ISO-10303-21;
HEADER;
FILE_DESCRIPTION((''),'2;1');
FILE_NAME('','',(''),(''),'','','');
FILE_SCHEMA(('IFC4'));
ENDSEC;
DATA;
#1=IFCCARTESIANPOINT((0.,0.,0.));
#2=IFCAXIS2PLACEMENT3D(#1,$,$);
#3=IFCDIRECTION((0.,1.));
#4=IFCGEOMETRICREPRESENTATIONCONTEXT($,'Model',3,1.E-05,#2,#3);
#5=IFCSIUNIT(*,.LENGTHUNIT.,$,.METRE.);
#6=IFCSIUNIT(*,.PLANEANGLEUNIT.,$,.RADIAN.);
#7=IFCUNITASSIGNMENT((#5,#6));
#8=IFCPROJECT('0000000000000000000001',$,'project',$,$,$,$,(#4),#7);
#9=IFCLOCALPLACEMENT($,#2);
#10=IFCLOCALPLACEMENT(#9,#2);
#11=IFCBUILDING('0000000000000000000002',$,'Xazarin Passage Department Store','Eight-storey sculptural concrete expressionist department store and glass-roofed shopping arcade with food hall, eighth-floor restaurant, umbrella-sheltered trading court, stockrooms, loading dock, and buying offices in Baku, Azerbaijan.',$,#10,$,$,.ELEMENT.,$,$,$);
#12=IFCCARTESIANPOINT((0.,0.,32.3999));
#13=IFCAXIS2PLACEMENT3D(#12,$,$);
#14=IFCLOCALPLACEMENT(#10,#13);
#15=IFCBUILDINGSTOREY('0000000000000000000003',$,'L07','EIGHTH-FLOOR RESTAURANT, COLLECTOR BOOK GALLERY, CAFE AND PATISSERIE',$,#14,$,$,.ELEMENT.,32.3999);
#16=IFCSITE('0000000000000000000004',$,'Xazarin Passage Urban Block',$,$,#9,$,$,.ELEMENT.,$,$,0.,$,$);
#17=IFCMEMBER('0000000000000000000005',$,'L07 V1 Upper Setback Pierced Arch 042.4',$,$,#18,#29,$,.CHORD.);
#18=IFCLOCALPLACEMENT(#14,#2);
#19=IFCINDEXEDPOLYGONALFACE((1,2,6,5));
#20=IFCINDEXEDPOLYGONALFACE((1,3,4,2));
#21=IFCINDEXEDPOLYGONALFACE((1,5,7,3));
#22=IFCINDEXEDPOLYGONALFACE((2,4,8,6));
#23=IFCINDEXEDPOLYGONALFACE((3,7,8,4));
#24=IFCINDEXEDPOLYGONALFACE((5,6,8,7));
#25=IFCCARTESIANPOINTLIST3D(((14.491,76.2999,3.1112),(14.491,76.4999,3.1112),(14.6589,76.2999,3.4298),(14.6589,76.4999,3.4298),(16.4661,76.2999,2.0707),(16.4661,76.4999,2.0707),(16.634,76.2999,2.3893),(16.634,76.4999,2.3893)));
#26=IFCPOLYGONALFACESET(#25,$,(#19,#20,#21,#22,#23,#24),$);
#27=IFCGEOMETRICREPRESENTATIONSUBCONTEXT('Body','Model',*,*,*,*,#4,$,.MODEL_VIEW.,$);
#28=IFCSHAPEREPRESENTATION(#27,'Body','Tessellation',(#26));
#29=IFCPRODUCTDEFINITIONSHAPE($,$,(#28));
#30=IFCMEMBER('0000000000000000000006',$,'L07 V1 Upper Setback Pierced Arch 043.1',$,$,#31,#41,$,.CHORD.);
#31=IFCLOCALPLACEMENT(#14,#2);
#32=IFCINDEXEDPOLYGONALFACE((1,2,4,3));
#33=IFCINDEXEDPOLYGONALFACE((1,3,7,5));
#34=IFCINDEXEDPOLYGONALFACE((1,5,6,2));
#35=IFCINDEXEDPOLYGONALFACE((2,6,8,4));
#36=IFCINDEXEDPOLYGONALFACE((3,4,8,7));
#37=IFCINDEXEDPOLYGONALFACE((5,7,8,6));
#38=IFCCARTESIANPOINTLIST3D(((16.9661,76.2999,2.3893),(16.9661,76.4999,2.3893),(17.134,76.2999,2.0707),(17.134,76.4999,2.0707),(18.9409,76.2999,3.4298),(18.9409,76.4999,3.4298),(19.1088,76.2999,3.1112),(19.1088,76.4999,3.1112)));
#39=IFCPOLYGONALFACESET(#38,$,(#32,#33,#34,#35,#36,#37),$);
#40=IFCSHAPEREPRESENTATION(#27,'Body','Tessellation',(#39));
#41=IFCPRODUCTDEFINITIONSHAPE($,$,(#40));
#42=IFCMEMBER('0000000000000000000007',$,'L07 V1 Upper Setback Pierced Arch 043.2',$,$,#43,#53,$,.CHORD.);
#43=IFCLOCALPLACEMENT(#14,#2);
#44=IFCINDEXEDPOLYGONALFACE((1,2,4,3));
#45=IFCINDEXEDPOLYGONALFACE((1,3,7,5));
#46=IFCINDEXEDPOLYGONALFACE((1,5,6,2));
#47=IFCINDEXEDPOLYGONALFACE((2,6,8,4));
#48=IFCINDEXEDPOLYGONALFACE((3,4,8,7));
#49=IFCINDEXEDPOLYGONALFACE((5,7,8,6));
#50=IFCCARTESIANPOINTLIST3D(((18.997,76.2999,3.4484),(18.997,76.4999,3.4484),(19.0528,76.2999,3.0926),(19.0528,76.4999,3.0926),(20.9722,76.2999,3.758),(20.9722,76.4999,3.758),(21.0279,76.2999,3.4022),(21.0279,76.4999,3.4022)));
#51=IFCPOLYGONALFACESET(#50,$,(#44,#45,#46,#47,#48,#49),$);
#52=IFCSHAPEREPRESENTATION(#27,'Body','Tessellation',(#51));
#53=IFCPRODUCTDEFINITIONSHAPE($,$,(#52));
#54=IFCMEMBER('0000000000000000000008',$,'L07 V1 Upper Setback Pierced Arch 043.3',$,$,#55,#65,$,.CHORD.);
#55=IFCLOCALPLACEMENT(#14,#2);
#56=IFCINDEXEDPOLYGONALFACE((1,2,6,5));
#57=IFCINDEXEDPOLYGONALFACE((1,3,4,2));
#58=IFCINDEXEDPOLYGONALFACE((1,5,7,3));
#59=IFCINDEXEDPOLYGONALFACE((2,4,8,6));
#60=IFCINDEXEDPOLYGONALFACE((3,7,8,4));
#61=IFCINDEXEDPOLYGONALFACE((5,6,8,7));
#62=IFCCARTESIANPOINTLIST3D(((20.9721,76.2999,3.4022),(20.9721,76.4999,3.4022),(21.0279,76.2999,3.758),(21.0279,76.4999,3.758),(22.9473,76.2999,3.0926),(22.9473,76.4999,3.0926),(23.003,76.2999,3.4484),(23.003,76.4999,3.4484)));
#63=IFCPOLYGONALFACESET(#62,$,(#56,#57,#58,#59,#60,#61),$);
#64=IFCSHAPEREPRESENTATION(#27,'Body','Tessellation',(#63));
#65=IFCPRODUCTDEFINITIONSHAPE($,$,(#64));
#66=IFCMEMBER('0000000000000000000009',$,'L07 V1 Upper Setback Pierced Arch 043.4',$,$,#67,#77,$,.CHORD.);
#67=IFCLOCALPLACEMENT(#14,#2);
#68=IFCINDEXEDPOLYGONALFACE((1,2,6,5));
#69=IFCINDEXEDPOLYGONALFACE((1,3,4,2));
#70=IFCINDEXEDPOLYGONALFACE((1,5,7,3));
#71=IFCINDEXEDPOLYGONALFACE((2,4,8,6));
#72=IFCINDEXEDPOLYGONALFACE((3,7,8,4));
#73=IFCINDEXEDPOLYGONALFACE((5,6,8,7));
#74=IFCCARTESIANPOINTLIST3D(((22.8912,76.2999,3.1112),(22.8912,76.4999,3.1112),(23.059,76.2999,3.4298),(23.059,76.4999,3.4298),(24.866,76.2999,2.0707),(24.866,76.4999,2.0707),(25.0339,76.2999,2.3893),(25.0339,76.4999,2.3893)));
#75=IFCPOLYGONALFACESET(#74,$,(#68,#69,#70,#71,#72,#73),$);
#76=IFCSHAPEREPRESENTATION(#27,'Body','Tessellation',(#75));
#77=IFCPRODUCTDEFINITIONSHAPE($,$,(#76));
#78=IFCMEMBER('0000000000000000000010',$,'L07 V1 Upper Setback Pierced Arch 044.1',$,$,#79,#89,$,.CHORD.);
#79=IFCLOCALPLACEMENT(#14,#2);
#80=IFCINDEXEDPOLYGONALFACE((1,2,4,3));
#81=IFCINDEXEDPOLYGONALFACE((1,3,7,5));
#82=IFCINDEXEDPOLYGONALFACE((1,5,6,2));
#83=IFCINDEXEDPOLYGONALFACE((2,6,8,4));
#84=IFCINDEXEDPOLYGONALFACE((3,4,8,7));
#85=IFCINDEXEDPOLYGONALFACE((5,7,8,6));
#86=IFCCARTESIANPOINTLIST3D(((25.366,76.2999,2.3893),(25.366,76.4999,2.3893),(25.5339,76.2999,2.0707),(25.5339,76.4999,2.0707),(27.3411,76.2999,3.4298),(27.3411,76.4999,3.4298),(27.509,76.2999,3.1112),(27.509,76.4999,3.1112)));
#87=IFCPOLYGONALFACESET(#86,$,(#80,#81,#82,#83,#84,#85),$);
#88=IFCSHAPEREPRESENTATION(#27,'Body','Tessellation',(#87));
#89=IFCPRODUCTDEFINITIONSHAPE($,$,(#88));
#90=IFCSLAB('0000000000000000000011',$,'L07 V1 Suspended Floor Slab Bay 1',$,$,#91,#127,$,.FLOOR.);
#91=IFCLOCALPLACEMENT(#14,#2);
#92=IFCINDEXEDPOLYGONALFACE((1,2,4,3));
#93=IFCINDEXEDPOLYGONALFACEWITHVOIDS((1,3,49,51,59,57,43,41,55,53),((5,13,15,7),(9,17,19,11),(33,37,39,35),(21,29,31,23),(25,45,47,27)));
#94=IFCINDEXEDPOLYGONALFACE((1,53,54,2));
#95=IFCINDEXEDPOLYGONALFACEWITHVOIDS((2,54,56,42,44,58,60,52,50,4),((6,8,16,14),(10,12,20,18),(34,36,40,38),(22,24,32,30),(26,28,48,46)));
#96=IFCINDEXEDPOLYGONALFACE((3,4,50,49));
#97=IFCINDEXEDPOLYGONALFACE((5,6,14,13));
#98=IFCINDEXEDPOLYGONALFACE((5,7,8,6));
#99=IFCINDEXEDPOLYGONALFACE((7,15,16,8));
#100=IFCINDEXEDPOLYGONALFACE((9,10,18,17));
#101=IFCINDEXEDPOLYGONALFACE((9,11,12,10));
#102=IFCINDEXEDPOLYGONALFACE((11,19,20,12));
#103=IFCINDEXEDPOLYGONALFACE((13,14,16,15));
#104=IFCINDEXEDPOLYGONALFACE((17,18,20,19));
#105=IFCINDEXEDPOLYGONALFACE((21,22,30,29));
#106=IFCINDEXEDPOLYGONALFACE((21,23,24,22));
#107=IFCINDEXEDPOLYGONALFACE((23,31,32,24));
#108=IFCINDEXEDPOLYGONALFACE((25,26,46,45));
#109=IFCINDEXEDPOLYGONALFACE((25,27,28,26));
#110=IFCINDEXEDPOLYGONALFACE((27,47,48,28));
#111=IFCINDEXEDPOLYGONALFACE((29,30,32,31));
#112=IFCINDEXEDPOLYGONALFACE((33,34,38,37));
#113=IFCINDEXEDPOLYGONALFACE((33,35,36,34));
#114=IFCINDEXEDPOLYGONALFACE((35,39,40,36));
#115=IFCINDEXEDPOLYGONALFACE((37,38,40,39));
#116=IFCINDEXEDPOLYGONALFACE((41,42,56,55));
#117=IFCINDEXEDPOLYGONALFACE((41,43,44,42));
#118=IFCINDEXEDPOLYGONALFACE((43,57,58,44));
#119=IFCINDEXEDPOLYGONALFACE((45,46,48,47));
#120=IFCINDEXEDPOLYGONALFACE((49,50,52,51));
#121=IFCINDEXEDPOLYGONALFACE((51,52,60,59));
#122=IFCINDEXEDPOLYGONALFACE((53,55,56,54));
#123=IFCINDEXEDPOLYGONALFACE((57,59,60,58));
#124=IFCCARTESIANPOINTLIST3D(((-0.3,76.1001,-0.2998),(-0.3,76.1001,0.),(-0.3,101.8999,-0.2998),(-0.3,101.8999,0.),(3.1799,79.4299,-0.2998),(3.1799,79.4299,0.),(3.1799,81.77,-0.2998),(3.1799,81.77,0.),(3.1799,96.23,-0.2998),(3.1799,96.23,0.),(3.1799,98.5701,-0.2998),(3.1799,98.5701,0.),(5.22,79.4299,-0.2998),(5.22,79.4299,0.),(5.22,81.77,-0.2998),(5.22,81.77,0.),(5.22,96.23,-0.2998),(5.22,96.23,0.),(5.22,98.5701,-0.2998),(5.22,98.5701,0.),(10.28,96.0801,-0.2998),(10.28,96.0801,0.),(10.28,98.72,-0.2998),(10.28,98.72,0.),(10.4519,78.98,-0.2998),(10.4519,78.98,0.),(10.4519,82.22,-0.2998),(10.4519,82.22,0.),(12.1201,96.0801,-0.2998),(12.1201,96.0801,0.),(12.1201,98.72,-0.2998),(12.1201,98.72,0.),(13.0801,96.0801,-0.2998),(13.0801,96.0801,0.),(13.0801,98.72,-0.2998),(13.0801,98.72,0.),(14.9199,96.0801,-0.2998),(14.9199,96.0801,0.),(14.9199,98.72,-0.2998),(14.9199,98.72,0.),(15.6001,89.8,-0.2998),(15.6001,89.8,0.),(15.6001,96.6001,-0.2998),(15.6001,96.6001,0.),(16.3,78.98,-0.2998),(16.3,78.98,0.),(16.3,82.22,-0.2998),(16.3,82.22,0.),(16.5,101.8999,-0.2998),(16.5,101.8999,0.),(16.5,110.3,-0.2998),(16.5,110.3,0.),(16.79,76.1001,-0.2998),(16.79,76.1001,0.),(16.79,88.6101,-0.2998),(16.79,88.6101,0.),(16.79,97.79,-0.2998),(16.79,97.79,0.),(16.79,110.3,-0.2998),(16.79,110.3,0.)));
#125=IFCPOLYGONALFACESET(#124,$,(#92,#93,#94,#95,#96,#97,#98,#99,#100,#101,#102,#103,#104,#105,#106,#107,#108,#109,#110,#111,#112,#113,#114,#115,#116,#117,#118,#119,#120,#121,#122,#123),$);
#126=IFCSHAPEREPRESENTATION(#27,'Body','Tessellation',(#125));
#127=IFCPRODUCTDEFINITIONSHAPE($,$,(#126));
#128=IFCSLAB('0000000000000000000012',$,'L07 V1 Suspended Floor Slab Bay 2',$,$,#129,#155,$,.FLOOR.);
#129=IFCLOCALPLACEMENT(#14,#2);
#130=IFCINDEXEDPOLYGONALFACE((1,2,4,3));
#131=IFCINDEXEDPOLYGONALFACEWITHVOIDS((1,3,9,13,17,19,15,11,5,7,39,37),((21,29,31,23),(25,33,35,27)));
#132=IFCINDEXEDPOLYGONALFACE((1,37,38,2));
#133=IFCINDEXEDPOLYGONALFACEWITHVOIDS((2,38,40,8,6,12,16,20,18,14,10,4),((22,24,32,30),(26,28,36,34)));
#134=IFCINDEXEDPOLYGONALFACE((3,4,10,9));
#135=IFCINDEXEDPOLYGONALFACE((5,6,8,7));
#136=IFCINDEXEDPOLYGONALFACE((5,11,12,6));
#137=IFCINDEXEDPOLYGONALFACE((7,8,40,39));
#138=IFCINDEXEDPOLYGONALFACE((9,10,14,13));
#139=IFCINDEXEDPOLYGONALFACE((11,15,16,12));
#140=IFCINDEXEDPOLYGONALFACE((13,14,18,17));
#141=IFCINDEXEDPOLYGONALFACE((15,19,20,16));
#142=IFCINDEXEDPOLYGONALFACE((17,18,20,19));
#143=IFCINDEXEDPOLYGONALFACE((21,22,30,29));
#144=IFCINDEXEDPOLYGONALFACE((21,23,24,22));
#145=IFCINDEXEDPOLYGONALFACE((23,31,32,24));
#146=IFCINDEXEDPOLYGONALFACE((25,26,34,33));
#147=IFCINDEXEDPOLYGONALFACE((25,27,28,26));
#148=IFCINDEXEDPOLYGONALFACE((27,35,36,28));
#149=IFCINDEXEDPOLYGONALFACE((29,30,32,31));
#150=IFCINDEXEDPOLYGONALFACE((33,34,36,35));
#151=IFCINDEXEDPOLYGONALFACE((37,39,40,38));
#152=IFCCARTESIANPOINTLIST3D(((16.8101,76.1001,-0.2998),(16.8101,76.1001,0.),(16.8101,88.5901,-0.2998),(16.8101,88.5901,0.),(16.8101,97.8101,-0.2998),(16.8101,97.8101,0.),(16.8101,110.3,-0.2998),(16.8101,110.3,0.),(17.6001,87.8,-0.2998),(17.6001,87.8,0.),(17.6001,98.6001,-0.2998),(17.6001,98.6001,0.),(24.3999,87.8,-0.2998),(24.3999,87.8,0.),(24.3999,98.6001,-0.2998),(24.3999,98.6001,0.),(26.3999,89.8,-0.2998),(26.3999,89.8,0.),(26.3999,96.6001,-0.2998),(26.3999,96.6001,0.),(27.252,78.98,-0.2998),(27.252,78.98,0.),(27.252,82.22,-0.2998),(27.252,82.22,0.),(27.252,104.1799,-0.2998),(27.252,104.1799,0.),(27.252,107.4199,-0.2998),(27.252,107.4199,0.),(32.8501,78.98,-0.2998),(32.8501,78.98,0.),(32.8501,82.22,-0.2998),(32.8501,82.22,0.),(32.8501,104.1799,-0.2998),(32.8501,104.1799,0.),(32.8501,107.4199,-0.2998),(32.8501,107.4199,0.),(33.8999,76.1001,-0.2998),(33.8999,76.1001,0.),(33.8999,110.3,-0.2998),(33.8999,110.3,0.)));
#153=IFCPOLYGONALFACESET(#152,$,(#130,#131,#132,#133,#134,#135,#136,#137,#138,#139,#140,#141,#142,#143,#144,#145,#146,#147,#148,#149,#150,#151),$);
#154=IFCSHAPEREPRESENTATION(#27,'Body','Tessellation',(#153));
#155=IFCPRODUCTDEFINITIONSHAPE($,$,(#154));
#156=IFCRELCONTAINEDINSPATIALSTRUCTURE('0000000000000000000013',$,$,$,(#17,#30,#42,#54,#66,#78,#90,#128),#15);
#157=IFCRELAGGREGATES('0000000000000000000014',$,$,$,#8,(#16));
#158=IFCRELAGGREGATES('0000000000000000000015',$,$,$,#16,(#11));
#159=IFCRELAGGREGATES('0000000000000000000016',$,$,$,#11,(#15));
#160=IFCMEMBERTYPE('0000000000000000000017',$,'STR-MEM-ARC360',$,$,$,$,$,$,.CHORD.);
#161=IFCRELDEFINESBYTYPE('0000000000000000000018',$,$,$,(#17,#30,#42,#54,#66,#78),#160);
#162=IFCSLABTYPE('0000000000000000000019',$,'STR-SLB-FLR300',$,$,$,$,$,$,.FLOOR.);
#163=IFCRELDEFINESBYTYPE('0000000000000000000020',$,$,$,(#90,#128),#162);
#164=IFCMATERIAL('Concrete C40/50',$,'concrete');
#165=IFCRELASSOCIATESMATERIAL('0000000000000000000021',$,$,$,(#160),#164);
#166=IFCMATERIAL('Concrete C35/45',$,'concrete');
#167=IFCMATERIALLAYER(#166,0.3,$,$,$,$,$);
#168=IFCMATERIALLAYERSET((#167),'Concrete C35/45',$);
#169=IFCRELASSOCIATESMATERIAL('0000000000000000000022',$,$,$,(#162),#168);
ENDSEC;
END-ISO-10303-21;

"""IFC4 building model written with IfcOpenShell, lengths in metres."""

from ifc_helpers import new_model, si_unit, direction, frame, origin, origin_2d, place, context, subcontext, project, spatial, polyline, rectangle, outline, extrude, material, layer, layer_set, material_profile, profile_set, type_object, element, save


model = new_model("IFC4")

# Units and contexts
model_context = context("Model", 3, precision=1e-05, world=origin(), true_north=direction((0.0, 1.0)))
body_context = subcontext(model_context, "Body", "Model", "MODEL_VIEW")
ifc_project = project(units=[si_unit("LENGTHUNIT", "METRE"), si_unit("PLANEANGLEUNIT", "RADIAN")], contexts=[model_context])

# Site, building, storey
site_placement = place(None, origin())
site = spatial("IfcSite", under=ifc_project, at=site_placement, Name="Xazarin Passage Urban Block", CompositionType="ELEMENT", RefElevation=0.0)
building_placement = place(site_placement, origin())
building = spatial("IfcBuilding", under=site, at=building_placement, Name="Xazarin Passage Department Store", Description="Eight-storey sculptural concrete expressionist department store and glass-roofed shopping arcade with food hall, eighth-floor restaurant, umbrella-sheltered trading court, stockrooms, loading dock, and buying offices in Baku, Azerbaijan.", CompositionType="ELEMENT")
storey_placement = place(building_placement, frame((0.0, 0.0, 32.3999)))
storey = spatial("IfcBuildingStorey", under=building, at=storey_placement, Name="L07", Description="EIGHTH-FLOOR RESTAURANT, COLLECTOR BOOK GALLERY, CAFE AND PATISSERIE", CompositionType="ELEMENT", Elevation=32.3999)

# Shared definitions
ifc_material_1 = material(Name="Concrete C40/50", Category="concrete")

# Shared definitions
ifc_material_2 = material(Name="Concrete C35/45", Category="concrete")

# Members
ifc_material_profile_1 = material_profile(ifc_material_1, rectangle(XDim=0.2, YDim=0.3601, at=origin_2d()), Name="RC 200x360")
ifc_profile_set_1 = profile_set([ifc_material_profile_1], Name="Concrete C40/50")
member_type = type_object("IfcMemberType", Name="STR-MEM-ARC360", PredefinedType="CHORD", material=ifc_profile_set_1)
member_1_placement = place(storey_placement, frame((14.575, 76.3999, 3.2705), z_axis=(0.884733, 0.0, -0.466098), x_axis=(0.0, 1.0, 0.0)))
element("IfcMember", 1, at=member_1_placement, inside=storey, type_object=member_type, Name="L07 V1 Upper Setback Pierced Arch 042.4", PredefinedType="CHORD", context=body_context, shape_type="SweptSolid", body=[
    extrude(rectangle(XDim=0.2, YDim=0.3601, at=origin_2d()), origin(), (0.0, 0.0, 1.0), 2.2324),
])
member_2_placement = place(storey_placement, frame((17.05, 76.3999, 2.23), z_axis=(0.884709, 0.0, 0.466143), x_axis=(0.0, 1.0, 0.0)))
element("IfcMember", 2, at=member_2_placement, inside=storey, type_object=member_type, Name="L07 V1 Upper Setback Pierced Arch 043.1", PredefinedType="CHORD", context=body_context, shape_type="SweptSolid", body=[
    extrude(rectangle(XDim=0.2, YDim=0.3601, at=origin_2d()), origin(), (0.0, 0.0, 1.0), 2.2322),
])
for number, where, z_axis, x_axis, name in (
    (3, (19.0249, 76.3999, 3.2705), (0.987939, 0.0, 0.154846), (0.0, 1.0, 0.0), "L07 V1 Upper Setback Pierced Arch 043.2"),
    (4, (21.0, 76.3999, 3.5801), (0.987939, 0.0, -0.154846), (0.0, 1.0, 0.0), "L07 V1 Upper Setback Pierced Arch 043.3"),
):
    element("IfcMember", number, at=place(storey_placement, frame(where, z_axis=z_axis, x_axis=x_axis)), inside=storey, type_object=member_type, Name=name, PredefinedType="CHORD", context=body_context, shape_type="SweptSolid", body=[
        extrude(rectangle(XDim=0.2, YDim=0.3601, at=origin_2d()), origin(), (0.0, 0.0, 1.0), 1.9993),
    ])
member_3_placement = place(storey_placement, frame((22.9751, 76.3999, 3.2705), z_axis=(0.884709, 0.0, -0.466143), x_axis=(0.0, 1.0, 0.0)))
element("IfcMember", 5, at=member_3_placement, inside=storey, type_object=member_type, Name="L07 V1 Upper Setback Pierced Arch 043.4", PredefinedType="CHORD", context=body_context, shape_type="SweptSolid", body=[
    extrude(rectangle(XDim=0.2, YDim=0.3601, at=origin_2d()), origin(), (0.0, 0.0, 1.0), 2.2322),
])
member_4_placement = place(storey_placement, frame((25.45, 76.3999, 2.23), z_axis=(0.884733, 0.0, 0.466098), x_axis=(0.0, 1.0, 0.0)))
element("IfcMember", 6, at=member_4_placement, inside=storey, type_object=member_type, Name="L07 V1 Upper Setback Pierced Arch 044.1", PredefinedType="CHORD", context=body_context, shape_type="SweptSolid", body=[
    extrude(rectangle(XDim=0.2, YDim=0.3601, at=origin_2d()), origin(), (0.0, 0.0, 1.0), 2.2324),
])

# Slabs
ifc_layer_1 = layer(ifc_material_2, 0.3)
ifc_layer_set_1 = layer_set([ifc_layer_1], Name="Concrete C35/45")
slab_type = type_object("IfcSlabType", Name="STR-SLB-FLR300", PredefinedType="FLOOR", material=ifc_layer_set_1)
slab_1_placement = place(storey_placement, frame((0.0, 0.0, -0.2998)))
element("IfcSlab", 7, at=slab_1_placement, inside=storey, type_object=slab_type, Name="L07 V1 Suspended Floor Slab Bay 1", PredefinedType="FLOOR", context=body_context, shape_type="SweptSolid", body=[
    extrude(outline(polyline([(16.79, 76.1001), (16.79, 88.6101), (15.6001, 89.8), (15.6001, 96.6001), (16.79, 97.79), (16.79, 110.3), (16.5, 110.3), (16.5, 101.8999), (-0.3, 101.8999), (-0.3, 76.1001), (16.79, 76.1001)]), holes=[polyline([(16.3, 82.22), (16.3, 78.98), (10.4519, 78.98), (10.4519, 82.22), (16.3, 82.22)]), polyline([(13.0801, 98.72), (14.9199, 98.72), (14.9199, 96.0801), (13.0801, 96.0801), (13.0801, 98.72)]), polyline([(10.28, 98.72), (12.1201, 98.72), (12.1201, 96.0801), (10.28, 96.0801), (10.28, 98.72)]), polyline([(3.1799, 81.77), (5.22, 81.77), (5.22, 79.4299), (3.1799, 79.4299), (3.1799, 81.77)]), polyline([(3.1799, 98.5701), (5.22, 98.5701), (5.22, 96.23), (3.1799, 96.23), (3.1799, 98.5701)])]), origin(), (0.0, 0.0, 1.0), 0.2998),
])
slab_2_placement = place(storey_placement, frame((0.0, 0.0, -0.2998)))
element("IfcSlab", 8, at=slab_2_placement, inside=storey, type_object=slab_type, Name="L07 V1 Suspended Floor Slab Bay 2", PredefinedType="FLOOR", context=body_context, shape_type="SweptSolid", body=[
    extrude(outline(polyline([(33.8999, 76.1001), (33.8999, 110.3), (16.8101, 110.3), (16.8101, 97.8101), (17.6001, 98.6001), (24.3999, 98.6001), (26.3999, 96.6001), (26.3999, 89.8), (24.3999, 87.8), (17.6001, 87.8), (16.8101, 88.5901), (16.8101, 76.1001), (33.8999, 76.1001)]), holes=[polyline([(32.8501, 82.22), (32.8501, 78.98), (27.252, 78.98), (27.252, 82.22), (32.8501, 82.22)]), polyline([(32.8501, 107.4199), (32.8501, 104.1799), (27.252, 104.1799), (27.252, 107.4199), (32.8501, 107.4199)])]), origin(), (0.0, 0.0, 1.0), 0.2998),
])

save(model, "model.ifc")
